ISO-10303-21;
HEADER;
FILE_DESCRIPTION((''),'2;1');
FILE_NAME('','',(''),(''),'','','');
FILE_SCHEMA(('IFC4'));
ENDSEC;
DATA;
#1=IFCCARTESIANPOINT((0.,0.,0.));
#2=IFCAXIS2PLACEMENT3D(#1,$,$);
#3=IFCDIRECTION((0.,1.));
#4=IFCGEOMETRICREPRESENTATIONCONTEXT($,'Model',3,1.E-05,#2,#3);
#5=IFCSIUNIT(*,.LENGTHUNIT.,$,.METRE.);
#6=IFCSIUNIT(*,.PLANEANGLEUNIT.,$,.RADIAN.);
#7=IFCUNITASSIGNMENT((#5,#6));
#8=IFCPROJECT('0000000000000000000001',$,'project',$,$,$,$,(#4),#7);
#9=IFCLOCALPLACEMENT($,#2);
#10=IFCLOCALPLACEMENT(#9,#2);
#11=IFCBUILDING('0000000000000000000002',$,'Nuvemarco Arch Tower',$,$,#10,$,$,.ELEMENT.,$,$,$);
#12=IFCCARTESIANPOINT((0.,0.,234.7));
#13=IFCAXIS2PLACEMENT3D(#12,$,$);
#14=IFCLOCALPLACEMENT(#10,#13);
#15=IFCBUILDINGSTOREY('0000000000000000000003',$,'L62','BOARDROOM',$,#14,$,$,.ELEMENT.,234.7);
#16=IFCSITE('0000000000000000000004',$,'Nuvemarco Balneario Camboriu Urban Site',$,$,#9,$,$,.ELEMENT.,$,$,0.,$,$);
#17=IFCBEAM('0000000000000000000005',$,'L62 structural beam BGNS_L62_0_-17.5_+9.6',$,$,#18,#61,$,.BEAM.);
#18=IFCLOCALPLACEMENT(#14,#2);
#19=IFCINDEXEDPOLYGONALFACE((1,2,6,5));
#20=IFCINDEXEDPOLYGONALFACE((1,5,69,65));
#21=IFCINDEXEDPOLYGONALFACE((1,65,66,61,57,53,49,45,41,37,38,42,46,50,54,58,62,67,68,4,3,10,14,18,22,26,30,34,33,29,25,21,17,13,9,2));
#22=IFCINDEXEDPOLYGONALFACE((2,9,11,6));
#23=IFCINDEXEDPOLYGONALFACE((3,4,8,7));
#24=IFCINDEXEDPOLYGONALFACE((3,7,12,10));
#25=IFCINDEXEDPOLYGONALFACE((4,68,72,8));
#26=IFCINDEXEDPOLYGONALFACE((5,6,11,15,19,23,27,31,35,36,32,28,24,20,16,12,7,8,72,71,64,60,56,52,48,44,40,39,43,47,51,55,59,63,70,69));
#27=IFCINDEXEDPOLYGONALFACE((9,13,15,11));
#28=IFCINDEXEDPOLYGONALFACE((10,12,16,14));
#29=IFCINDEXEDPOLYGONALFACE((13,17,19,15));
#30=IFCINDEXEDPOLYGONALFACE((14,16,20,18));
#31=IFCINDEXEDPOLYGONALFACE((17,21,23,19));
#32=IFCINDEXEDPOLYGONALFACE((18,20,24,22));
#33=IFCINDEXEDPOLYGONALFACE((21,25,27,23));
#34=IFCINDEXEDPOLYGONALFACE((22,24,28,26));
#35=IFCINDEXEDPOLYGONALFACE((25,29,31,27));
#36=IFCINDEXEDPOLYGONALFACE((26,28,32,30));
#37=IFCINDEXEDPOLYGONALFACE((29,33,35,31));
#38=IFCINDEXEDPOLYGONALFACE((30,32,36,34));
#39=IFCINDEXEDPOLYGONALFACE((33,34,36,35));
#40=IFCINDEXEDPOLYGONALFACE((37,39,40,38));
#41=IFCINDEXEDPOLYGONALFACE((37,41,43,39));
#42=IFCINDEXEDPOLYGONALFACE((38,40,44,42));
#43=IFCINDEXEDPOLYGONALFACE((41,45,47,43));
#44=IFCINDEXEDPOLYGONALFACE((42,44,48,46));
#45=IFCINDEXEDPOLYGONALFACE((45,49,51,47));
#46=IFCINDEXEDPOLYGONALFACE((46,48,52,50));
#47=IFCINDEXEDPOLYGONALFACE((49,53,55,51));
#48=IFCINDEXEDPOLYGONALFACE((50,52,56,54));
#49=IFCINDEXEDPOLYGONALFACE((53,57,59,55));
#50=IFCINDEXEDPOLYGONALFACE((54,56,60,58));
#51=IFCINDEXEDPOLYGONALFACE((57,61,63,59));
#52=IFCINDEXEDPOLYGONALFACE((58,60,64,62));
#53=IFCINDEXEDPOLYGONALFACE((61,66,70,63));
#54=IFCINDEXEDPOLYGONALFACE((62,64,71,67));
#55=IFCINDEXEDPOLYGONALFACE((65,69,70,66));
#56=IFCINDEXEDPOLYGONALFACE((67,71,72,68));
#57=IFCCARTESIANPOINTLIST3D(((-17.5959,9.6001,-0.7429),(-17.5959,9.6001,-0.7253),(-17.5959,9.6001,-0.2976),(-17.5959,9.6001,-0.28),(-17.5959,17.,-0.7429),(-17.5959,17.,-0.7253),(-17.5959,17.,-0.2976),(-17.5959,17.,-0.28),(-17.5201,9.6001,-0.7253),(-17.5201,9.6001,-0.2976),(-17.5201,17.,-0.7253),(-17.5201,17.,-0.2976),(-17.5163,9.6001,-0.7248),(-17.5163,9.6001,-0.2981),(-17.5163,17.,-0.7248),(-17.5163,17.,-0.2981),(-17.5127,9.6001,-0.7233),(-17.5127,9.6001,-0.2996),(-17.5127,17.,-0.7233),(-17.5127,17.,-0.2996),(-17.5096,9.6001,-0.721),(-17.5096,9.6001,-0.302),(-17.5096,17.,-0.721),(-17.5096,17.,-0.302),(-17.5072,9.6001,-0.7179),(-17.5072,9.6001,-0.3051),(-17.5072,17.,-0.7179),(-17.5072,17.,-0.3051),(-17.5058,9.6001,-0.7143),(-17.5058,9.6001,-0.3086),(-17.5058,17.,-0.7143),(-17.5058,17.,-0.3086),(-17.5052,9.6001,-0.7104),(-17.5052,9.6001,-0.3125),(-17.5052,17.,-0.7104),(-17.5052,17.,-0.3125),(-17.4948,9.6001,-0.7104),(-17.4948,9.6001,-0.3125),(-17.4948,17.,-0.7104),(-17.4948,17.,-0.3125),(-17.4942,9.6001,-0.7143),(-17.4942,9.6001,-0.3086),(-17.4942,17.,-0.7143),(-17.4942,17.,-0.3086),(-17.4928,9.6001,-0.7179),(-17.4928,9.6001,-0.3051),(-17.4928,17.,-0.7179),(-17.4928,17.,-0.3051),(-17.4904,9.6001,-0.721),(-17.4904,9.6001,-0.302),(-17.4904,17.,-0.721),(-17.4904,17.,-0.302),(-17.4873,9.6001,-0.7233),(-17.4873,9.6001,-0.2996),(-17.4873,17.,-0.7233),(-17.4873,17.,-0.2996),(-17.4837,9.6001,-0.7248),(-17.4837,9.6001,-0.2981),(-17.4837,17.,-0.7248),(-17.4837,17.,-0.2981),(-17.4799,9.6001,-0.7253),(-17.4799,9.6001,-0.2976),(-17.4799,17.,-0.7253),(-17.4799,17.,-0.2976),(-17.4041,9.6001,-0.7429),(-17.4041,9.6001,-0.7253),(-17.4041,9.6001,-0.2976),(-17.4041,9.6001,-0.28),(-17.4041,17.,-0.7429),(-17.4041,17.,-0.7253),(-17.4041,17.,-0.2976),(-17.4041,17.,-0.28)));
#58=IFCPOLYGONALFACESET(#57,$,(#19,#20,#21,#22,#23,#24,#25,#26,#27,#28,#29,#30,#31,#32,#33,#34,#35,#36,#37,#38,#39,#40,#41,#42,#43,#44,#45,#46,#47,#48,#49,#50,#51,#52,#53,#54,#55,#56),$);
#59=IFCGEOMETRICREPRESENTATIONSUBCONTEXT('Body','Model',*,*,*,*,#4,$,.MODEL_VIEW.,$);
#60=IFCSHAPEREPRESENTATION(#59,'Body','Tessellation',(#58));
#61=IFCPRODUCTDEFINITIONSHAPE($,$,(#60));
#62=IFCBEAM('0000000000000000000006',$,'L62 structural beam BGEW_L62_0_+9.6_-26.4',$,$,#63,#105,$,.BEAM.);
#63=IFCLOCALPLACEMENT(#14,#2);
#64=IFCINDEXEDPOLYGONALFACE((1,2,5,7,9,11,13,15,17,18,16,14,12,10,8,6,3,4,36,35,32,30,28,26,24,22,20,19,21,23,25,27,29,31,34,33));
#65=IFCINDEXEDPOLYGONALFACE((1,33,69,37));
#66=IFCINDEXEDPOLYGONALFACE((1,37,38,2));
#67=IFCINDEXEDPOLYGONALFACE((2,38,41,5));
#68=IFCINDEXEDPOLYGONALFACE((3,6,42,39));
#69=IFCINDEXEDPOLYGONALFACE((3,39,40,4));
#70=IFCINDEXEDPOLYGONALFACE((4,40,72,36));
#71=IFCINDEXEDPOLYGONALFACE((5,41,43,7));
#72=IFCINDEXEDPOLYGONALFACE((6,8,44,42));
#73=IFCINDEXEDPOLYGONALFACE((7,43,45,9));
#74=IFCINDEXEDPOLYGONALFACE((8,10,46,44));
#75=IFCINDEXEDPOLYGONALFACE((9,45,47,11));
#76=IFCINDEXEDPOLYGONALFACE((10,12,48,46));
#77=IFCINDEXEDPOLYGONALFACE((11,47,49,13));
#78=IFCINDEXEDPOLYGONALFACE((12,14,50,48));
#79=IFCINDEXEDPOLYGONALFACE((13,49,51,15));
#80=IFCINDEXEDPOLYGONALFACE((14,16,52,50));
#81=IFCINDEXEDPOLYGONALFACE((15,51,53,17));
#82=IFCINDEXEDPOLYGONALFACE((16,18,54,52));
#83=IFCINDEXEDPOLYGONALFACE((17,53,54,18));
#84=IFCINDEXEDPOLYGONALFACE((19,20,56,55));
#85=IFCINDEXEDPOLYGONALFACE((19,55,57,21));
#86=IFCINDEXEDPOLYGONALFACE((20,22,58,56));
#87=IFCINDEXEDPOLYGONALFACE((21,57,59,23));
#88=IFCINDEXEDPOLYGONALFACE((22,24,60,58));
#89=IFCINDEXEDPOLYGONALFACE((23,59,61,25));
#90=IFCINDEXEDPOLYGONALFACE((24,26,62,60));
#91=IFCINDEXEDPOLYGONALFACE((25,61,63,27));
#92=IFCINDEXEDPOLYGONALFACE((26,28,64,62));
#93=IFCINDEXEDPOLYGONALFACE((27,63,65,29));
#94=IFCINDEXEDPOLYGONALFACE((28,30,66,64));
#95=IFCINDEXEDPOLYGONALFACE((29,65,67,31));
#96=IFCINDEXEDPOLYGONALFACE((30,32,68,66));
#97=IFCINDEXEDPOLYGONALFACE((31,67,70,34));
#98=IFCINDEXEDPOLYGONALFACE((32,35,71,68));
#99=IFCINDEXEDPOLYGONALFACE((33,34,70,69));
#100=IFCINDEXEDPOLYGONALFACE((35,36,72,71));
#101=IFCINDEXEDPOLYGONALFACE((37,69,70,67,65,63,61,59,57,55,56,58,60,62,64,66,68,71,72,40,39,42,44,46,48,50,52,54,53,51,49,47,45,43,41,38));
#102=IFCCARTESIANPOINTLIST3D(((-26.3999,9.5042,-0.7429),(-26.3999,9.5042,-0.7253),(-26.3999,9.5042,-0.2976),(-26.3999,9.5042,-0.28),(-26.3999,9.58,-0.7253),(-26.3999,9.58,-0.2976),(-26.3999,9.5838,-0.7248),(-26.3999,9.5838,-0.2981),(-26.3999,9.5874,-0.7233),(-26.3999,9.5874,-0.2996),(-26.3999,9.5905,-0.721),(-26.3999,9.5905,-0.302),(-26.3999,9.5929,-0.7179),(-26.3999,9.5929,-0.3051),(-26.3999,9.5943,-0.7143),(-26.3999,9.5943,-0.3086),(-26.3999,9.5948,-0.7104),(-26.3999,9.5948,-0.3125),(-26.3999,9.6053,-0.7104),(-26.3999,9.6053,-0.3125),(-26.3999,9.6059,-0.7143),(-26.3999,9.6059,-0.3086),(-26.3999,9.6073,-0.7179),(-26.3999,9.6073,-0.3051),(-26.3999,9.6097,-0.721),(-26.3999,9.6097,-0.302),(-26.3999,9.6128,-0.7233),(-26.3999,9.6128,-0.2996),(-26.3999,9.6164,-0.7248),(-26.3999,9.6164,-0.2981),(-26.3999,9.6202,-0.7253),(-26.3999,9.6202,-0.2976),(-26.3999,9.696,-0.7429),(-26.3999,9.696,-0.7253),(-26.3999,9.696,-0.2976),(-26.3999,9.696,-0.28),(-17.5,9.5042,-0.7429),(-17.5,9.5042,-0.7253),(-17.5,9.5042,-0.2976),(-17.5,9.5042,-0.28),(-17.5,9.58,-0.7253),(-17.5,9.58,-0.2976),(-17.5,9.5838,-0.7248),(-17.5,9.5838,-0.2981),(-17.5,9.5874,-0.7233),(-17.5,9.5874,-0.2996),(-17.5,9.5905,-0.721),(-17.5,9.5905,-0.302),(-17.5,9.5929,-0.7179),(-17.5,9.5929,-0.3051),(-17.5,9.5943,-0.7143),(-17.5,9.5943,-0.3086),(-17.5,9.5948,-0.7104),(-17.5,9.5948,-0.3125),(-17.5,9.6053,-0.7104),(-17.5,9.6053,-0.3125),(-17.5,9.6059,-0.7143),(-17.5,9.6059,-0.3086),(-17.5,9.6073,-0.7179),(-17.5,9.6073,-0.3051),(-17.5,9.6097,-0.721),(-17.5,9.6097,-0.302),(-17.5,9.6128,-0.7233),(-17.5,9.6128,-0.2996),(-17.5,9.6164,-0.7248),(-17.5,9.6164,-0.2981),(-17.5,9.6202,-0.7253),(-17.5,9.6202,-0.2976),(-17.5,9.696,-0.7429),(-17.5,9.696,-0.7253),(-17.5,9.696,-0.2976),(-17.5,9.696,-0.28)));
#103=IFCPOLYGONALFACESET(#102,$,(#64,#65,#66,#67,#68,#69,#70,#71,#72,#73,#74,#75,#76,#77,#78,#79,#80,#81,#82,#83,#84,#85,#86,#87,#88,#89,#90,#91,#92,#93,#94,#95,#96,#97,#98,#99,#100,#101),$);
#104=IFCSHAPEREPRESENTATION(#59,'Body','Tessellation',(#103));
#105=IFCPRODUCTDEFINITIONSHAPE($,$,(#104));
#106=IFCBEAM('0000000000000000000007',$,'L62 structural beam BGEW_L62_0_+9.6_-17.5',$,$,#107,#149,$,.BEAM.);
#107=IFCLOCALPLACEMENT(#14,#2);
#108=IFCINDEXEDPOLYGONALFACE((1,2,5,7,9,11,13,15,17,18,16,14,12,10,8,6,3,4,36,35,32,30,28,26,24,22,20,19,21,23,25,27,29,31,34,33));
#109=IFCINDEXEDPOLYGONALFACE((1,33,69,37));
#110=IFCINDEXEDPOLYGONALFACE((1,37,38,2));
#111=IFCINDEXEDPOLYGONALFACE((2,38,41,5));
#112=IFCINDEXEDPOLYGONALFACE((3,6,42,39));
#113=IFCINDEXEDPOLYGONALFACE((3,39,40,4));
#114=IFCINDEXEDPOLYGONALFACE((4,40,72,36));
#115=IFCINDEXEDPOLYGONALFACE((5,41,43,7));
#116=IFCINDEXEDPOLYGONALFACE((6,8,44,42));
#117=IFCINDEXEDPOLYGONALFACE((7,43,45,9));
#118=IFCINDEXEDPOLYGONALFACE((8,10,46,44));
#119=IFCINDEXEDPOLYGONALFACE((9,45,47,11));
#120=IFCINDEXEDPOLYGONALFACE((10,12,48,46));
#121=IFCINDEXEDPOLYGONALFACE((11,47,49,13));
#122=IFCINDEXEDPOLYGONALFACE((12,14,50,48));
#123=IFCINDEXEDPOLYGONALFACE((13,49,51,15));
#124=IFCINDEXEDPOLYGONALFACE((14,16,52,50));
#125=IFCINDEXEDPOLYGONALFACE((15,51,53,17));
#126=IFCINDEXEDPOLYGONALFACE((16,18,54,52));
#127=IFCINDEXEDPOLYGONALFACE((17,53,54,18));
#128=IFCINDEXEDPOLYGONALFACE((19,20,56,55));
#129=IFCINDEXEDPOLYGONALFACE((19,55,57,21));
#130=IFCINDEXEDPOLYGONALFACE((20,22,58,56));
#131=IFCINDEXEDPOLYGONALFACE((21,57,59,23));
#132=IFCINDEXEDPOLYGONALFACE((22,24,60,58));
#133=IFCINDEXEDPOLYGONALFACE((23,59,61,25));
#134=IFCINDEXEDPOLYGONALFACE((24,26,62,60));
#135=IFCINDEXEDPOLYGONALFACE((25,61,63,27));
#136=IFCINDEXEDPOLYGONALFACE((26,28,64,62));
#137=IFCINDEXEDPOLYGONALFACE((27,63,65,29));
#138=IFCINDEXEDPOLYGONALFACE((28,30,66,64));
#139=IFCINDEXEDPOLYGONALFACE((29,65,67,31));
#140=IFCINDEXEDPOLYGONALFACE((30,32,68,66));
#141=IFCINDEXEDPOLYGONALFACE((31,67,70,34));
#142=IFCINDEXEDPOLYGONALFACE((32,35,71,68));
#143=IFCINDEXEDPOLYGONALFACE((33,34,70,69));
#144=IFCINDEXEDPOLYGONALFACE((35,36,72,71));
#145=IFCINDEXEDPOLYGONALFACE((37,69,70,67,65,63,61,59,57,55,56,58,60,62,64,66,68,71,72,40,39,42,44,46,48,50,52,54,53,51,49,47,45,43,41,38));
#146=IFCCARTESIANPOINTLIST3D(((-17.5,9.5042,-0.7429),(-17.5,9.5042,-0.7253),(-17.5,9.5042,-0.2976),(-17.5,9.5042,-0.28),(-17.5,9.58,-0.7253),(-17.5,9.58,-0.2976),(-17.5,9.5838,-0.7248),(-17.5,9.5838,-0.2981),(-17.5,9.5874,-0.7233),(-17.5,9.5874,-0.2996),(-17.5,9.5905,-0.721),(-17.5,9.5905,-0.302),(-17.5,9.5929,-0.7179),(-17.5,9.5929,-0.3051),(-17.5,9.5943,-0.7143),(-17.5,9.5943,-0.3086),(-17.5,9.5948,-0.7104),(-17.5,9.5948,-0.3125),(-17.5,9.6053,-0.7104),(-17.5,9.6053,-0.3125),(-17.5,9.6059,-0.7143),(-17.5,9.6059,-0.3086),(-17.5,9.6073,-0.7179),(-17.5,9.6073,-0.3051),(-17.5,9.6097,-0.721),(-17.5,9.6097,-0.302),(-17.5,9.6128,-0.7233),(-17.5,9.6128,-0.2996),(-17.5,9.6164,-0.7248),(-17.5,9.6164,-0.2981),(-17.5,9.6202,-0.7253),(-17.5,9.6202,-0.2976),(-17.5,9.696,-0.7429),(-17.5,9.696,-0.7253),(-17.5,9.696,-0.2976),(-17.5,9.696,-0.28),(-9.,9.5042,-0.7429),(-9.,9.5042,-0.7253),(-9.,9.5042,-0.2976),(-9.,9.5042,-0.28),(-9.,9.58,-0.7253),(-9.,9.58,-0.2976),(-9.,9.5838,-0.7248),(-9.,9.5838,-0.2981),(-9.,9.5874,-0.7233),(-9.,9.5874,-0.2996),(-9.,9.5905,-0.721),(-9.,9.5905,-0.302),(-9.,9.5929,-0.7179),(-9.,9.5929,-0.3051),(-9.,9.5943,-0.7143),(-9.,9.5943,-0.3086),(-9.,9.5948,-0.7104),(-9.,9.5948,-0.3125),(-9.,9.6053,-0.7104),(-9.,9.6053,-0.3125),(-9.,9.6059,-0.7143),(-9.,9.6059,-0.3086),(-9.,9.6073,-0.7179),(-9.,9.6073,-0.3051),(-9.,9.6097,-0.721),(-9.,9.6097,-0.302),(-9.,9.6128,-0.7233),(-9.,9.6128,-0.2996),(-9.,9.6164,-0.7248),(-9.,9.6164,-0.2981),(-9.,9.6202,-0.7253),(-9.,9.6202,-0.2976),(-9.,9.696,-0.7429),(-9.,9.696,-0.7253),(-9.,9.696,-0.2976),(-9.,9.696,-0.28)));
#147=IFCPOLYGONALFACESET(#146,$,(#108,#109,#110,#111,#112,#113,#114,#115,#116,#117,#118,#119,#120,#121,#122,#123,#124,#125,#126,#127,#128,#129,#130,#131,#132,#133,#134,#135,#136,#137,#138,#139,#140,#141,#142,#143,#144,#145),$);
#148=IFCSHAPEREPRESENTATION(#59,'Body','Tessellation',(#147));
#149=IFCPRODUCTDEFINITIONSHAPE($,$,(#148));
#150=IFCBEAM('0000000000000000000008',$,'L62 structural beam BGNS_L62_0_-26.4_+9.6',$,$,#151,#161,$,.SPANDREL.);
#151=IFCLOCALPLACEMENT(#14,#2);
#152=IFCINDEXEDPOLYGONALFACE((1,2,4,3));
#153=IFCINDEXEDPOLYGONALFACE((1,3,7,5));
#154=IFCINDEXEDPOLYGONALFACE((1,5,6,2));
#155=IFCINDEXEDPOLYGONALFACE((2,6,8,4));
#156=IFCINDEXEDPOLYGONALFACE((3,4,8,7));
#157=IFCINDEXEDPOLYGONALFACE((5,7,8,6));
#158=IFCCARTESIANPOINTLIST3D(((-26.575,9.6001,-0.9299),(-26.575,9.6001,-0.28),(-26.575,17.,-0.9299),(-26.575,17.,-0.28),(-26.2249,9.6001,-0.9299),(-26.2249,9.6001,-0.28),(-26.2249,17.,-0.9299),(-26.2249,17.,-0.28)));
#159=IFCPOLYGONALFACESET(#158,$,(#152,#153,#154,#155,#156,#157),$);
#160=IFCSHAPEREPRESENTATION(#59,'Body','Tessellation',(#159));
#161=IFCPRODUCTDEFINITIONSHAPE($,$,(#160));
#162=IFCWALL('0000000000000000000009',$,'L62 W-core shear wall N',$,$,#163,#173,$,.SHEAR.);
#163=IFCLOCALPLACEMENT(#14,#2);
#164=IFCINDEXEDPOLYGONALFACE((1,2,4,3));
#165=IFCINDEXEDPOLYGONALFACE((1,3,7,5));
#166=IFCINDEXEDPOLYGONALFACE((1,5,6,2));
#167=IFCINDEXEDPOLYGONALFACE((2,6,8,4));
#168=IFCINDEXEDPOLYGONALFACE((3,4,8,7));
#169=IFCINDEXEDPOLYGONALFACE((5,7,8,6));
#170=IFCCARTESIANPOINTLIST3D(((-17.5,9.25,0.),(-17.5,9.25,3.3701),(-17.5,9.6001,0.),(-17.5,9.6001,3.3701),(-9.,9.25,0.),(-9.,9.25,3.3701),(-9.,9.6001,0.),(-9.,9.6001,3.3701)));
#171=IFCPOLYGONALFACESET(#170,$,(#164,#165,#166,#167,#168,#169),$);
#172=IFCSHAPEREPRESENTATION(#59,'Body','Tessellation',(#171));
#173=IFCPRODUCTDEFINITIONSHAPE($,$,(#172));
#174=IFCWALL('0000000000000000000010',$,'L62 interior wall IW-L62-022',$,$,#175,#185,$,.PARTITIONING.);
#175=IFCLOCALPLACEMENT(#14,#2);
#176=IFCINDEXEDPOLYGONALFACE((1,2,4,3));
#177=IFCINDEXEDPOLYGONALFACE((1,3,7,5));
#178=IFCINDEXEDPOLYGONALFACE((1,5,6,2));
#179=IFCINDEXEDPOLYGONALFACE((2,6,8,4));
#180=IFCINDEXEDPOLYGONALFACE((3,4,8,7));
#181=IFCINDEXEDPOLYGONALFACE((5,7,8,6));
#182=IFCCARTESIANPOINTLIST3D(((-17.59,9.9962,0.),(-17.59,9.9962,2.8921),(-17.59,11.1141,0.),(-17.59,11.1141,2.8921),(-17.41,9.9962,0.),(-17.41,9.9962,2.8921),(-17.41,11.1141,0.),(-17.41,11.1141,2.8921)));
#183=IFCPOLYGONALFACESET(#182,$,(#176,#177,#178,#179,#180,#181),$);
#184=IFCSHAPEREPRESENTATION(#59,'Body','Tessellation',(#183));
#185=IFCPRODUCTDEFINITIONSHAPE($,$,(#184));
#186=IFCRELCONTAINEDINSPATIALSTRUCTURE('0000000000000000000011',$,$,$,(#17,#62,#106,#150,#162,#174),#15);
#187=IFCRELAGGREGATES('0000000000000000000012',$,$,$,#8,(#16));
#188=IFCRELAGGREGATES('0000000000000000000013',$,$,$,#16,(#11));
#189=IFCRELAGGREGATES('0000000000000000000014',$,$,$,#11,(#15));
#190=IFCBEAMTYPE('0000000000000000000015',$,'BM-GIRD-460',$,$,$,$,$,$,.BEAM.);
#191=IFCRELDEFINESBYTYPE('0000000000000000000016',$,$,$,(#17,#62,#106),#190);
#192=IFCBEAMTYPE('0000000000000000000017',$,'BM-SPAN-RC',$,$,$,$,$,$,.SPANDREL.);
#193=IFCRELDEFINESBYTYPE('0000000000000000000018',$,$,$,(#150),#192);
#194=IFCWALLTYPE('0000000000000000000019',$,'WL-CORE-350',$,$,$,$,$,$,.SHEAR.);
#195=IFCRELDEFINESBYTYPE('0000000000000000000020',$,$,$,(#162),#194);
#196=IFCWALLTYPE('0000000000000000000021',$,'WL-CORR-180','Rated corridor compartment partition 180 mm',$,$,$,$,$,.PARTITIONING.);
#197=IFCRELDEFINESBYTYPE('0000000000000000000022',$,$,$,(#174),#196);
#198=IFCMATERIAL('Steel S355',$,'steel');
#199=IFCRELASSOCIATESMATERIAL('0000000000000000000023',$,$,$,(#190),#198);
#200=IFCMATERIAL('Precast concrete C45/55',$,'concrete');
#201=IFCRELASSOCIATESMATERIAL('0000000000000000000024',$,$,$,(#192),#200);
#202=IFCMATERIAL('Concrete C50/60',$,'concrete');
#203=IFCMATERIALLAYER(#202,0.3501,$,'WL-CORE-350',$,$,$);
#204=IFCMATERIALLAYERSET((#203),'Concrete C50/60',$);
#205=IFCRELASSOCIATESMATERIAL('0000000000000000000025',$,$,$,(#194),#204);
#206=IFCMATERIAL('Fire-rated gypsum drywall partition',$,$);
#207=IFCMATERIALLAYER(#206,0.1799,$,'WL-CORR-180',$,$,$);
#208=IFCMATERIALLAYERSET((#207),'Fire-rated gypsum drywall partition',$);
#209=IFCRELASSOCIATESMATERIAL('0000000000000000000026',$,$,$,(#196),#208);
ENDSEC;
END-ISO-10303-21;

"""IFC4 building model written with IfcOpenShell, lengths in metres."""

from ifc_helpers import new_model, si_unit, direction, frame, frame_2d, origin, origin_2d, place, context, subcontext, project, spatial, rectangle, i_section, extrude, material, layer, layer_set, material_profile, profile_set, type_object, element, save


model = new_model("IFC4")

# Units and contexts
model_context = context("Model", 3, precision=1e-05, world=origin(), true_north=direction((0.0, 1.0)))
body_context = subcontext(model_context, "Body", "Model", "MODEL_VIEW")
ifc_project = project(units=[si_unit("LENGTHUNIT", "METRE"), si_unit("PLANEANGLEUNIT", "RADIAN")], contexts=[model_context])

# Site, building, storey
site_placement = place(None, origin())
site = spatial("IfcSite", under=ifc_project, at=site_placement, Name="Nuvemarco Balneario Camboriu Urban Site", CompositionType="ELEMENT", RefElevation=0.0)
building_placement = place(site_placement, origin())
building = spatial("IfcBuilding", under=site, at=building_placement, Name="Nuvemarco Arch Tower", CompositionType="ELEMENT")
storey_placement = place(building_placement, frame((0.0, 0.0, 234.7)))
storey = spatial("IfcBuildingStorey", under=building, at=storey_placement, Name="L62", Description="BOARDROOM", CompositionType="ELEMENT", Elevation=234.7)

# Shared definitions
ifc_material_1 = material(Name="Concrete C50/60", Category="concrete")
ifc_material_2 = material(Name="Steel S355", Category="steel")

# Beams
ifc_material_profile_1 = material_profile(ifc_material_2, i_section(OverallWidth=0.1919, OverallDepth=0.4629, WebThickness=0.0105, FlangeThickness=0.0176, FilletRadius=0.0149, at=origin_2d()), Name="W460x89")
ifc_profile_set_1 = profile_set([ifc_material_profile_1], Name="Steel S355")
beam_type_1 = type_object("IfcBeamType", Name="BM-GIRD-460", PredefinedType="BEAM", material=ifc_profile_set_1)
beam_1_placement = place(storey_placement, frame((-17.5, 9.6001, -0.5115), z_axis=(0.0, 1.0, 0.0), x_axis=(-1.0, 0.0, 0.0)))
element("IfcBeam", 1, at=beam_1_placement, inside=storey, type_object=beam_type_1, Name="L62 structural beam BGNS_L62_0_-17.5_+9.6", PredefinedType="BEAM", context=body_context, shape_type="SweptSolid", body=[
    extrude(i_section(OverallWidth=0.1919, OverallDepth=0.4629, WebThickness=0.0105, FlangeThickness=0.0176, FilletRadius=0.0149, at=origin_2d()), origin(), (0.0, 0.0, 1.0), 7.3999),
])
beam_2_placement = place(storey_placement, frame((-26.3999, 9.6001, -0.5115), z_axis=(1.0, 0.0, 0.0), x_axis=(0.0, 1.0, 0.0)))
element("IfcBeam", 2, at=beam_2_placement, inside=storey, type_object=beam_type_1, Name="L62 structural beam BGEW_L62_0_+9.6_-26.4", PredefinedType="BEAM", context=body_context, shape_type="SweptSolid", body=[
    extrude(i_section(OverallWidth=0.1919, OverallDepth=0.4629, WebThickness=0.0105, FlangeThickness=0.0176, FilletRadius=0.0149, at=origin_2d()), origin(), (0.0, 0.0, 1.0), 8.8999),
])
beam_3_placement = place(storey_placement, frame((-17.5, 9.6001, -0.5115), z_axis=(1.0, 0.0, 0.0), x_axis=(0.0, 1.0, 0.0)))
element("IfcBeam", 3, at=beam_3_placement, inside=storey, type_object=beam_type_1, Name="L62 structural beam BGEW_L62_0_+9.6_-17.5", PredefinedType="BEAM", context=body_context, shape_type="SweptSolid", body=[
    extrude(i_section(OverallWidth=0.1919, OverallDepth=0.4629, WebThickness=0.0105, FlangeThickness=0.0176, FilletRadius=0.0149, at=origin_2d()), origin(), (0.0, 0.0, 1.0), 8.5),
])
ifc_material_3 = material(Name="Precast concrete C45/55", Category="concrete")
ifc_material_profile_2 = material_profile(ifc_material_3, rectangle(XDim=0.3501, YDim=0.6499, at=origin_2d()), Name="PC-SP-350x650")
ifc_profile_set_2 = profile_set([ifc_material_profile_2], Name="Precast concrete C45/55")
beam_type_2 = type_object("IfcBeamType", Name="BM-SPAN-RC", PredefinedType="SPANDREL", material=ifc_profile_set_2)
beam_4_placement = place(storey_placement, frame((-26.3999, 9.6001, -0.605), z_axis=(0.0, 1.0, 0.0), x_axis=(-1.0, 0.0, 0.0)))
element("IfcBeam", 4, at=beam_4_placement, inside=storey, type_object=beam_type_2, Name="L62 structural beam BGNS_L62_0_-26.4_+9.6", PredefinedType="SPANDREL", context=body_context, shape_type="SweptSolid", body=[
    extrude(rectangle(XDim=0.3501, YDim=0.6499, at=origin_2d()), origin(), (0.0, 0.0, 1.0), 7.3999),
])

# Walls
ifc_layer_1 = layer(ifc_material_1, 0.3501, Name="WL-CORE-350")
ifc_layer_set_1 = layer_set([ifc_layer_1], Name="Concrete C50/60")
wall_type_1 = type_object("IfcWallType", Name="WL-CORE-350", PredefinedType="SHEAR", material=ifc_layer_set_1)
wall_1_placement = place(storey_placement, frame((-17.5, 9.425, 0.0), z_axis=(0.0, 0.0, 1.0), x_axis=(1.0, 0.0, 0.0)))
element("IfcWall", 5, at=wall_1_placement, inside=storey, type_object=wall_type_1, Name="L62 W-core shear wall N", PredefinedType="SHEAR", context=body_context, shape_type="SweptSolid", body=[
    extrude(rectangle(XDim=8.5, YDim=0.3501, at=frame_2d((4.25, 0.0))), origin(), (0.0, 0.0, 1.0), 3.3701),
])
ifc_material_4 = material(Name="Fire-rated gypsum drywall partition")
ifc_layer_2 = layer(ifc_material_4, 0.1799, Name="WL-CORR-180")
ifc_layer_set_2 = layer_set([ifc_layer_2], Name="Fire-rated gypsum drywall partition")
wall_type_2 = type_object("IfcWallType", Name="WL-CORR-180", Description="Rated corridor compartment partition 180 mm", PredefinedType="PARTITIONING", material=ifc_layer_set_2)
wall_2_placement = place(storey_placement, frame((-17.5, 9.9961, 0.0), z_axis=(0.0, 0.0, 1.0), x_axis=(0.0, 1.0, 0.0)))
element("IfcWall", 6, at=wall_2_placement, inside=storey, type_object=wall_type_2, Name="L62 interior wall IW-L62-022", PredefinedType="PARTITIONING", context=body_context, shape_type="SweptSolid", body=[
    extrude(rectangle(XDim=1.1179, YDim=0.1799, at=frame_2d((0.5591, 0.0))), origin(), (0.0, 0.0, 1.0), 2.8921),
])

save(model, "model.ifc")
